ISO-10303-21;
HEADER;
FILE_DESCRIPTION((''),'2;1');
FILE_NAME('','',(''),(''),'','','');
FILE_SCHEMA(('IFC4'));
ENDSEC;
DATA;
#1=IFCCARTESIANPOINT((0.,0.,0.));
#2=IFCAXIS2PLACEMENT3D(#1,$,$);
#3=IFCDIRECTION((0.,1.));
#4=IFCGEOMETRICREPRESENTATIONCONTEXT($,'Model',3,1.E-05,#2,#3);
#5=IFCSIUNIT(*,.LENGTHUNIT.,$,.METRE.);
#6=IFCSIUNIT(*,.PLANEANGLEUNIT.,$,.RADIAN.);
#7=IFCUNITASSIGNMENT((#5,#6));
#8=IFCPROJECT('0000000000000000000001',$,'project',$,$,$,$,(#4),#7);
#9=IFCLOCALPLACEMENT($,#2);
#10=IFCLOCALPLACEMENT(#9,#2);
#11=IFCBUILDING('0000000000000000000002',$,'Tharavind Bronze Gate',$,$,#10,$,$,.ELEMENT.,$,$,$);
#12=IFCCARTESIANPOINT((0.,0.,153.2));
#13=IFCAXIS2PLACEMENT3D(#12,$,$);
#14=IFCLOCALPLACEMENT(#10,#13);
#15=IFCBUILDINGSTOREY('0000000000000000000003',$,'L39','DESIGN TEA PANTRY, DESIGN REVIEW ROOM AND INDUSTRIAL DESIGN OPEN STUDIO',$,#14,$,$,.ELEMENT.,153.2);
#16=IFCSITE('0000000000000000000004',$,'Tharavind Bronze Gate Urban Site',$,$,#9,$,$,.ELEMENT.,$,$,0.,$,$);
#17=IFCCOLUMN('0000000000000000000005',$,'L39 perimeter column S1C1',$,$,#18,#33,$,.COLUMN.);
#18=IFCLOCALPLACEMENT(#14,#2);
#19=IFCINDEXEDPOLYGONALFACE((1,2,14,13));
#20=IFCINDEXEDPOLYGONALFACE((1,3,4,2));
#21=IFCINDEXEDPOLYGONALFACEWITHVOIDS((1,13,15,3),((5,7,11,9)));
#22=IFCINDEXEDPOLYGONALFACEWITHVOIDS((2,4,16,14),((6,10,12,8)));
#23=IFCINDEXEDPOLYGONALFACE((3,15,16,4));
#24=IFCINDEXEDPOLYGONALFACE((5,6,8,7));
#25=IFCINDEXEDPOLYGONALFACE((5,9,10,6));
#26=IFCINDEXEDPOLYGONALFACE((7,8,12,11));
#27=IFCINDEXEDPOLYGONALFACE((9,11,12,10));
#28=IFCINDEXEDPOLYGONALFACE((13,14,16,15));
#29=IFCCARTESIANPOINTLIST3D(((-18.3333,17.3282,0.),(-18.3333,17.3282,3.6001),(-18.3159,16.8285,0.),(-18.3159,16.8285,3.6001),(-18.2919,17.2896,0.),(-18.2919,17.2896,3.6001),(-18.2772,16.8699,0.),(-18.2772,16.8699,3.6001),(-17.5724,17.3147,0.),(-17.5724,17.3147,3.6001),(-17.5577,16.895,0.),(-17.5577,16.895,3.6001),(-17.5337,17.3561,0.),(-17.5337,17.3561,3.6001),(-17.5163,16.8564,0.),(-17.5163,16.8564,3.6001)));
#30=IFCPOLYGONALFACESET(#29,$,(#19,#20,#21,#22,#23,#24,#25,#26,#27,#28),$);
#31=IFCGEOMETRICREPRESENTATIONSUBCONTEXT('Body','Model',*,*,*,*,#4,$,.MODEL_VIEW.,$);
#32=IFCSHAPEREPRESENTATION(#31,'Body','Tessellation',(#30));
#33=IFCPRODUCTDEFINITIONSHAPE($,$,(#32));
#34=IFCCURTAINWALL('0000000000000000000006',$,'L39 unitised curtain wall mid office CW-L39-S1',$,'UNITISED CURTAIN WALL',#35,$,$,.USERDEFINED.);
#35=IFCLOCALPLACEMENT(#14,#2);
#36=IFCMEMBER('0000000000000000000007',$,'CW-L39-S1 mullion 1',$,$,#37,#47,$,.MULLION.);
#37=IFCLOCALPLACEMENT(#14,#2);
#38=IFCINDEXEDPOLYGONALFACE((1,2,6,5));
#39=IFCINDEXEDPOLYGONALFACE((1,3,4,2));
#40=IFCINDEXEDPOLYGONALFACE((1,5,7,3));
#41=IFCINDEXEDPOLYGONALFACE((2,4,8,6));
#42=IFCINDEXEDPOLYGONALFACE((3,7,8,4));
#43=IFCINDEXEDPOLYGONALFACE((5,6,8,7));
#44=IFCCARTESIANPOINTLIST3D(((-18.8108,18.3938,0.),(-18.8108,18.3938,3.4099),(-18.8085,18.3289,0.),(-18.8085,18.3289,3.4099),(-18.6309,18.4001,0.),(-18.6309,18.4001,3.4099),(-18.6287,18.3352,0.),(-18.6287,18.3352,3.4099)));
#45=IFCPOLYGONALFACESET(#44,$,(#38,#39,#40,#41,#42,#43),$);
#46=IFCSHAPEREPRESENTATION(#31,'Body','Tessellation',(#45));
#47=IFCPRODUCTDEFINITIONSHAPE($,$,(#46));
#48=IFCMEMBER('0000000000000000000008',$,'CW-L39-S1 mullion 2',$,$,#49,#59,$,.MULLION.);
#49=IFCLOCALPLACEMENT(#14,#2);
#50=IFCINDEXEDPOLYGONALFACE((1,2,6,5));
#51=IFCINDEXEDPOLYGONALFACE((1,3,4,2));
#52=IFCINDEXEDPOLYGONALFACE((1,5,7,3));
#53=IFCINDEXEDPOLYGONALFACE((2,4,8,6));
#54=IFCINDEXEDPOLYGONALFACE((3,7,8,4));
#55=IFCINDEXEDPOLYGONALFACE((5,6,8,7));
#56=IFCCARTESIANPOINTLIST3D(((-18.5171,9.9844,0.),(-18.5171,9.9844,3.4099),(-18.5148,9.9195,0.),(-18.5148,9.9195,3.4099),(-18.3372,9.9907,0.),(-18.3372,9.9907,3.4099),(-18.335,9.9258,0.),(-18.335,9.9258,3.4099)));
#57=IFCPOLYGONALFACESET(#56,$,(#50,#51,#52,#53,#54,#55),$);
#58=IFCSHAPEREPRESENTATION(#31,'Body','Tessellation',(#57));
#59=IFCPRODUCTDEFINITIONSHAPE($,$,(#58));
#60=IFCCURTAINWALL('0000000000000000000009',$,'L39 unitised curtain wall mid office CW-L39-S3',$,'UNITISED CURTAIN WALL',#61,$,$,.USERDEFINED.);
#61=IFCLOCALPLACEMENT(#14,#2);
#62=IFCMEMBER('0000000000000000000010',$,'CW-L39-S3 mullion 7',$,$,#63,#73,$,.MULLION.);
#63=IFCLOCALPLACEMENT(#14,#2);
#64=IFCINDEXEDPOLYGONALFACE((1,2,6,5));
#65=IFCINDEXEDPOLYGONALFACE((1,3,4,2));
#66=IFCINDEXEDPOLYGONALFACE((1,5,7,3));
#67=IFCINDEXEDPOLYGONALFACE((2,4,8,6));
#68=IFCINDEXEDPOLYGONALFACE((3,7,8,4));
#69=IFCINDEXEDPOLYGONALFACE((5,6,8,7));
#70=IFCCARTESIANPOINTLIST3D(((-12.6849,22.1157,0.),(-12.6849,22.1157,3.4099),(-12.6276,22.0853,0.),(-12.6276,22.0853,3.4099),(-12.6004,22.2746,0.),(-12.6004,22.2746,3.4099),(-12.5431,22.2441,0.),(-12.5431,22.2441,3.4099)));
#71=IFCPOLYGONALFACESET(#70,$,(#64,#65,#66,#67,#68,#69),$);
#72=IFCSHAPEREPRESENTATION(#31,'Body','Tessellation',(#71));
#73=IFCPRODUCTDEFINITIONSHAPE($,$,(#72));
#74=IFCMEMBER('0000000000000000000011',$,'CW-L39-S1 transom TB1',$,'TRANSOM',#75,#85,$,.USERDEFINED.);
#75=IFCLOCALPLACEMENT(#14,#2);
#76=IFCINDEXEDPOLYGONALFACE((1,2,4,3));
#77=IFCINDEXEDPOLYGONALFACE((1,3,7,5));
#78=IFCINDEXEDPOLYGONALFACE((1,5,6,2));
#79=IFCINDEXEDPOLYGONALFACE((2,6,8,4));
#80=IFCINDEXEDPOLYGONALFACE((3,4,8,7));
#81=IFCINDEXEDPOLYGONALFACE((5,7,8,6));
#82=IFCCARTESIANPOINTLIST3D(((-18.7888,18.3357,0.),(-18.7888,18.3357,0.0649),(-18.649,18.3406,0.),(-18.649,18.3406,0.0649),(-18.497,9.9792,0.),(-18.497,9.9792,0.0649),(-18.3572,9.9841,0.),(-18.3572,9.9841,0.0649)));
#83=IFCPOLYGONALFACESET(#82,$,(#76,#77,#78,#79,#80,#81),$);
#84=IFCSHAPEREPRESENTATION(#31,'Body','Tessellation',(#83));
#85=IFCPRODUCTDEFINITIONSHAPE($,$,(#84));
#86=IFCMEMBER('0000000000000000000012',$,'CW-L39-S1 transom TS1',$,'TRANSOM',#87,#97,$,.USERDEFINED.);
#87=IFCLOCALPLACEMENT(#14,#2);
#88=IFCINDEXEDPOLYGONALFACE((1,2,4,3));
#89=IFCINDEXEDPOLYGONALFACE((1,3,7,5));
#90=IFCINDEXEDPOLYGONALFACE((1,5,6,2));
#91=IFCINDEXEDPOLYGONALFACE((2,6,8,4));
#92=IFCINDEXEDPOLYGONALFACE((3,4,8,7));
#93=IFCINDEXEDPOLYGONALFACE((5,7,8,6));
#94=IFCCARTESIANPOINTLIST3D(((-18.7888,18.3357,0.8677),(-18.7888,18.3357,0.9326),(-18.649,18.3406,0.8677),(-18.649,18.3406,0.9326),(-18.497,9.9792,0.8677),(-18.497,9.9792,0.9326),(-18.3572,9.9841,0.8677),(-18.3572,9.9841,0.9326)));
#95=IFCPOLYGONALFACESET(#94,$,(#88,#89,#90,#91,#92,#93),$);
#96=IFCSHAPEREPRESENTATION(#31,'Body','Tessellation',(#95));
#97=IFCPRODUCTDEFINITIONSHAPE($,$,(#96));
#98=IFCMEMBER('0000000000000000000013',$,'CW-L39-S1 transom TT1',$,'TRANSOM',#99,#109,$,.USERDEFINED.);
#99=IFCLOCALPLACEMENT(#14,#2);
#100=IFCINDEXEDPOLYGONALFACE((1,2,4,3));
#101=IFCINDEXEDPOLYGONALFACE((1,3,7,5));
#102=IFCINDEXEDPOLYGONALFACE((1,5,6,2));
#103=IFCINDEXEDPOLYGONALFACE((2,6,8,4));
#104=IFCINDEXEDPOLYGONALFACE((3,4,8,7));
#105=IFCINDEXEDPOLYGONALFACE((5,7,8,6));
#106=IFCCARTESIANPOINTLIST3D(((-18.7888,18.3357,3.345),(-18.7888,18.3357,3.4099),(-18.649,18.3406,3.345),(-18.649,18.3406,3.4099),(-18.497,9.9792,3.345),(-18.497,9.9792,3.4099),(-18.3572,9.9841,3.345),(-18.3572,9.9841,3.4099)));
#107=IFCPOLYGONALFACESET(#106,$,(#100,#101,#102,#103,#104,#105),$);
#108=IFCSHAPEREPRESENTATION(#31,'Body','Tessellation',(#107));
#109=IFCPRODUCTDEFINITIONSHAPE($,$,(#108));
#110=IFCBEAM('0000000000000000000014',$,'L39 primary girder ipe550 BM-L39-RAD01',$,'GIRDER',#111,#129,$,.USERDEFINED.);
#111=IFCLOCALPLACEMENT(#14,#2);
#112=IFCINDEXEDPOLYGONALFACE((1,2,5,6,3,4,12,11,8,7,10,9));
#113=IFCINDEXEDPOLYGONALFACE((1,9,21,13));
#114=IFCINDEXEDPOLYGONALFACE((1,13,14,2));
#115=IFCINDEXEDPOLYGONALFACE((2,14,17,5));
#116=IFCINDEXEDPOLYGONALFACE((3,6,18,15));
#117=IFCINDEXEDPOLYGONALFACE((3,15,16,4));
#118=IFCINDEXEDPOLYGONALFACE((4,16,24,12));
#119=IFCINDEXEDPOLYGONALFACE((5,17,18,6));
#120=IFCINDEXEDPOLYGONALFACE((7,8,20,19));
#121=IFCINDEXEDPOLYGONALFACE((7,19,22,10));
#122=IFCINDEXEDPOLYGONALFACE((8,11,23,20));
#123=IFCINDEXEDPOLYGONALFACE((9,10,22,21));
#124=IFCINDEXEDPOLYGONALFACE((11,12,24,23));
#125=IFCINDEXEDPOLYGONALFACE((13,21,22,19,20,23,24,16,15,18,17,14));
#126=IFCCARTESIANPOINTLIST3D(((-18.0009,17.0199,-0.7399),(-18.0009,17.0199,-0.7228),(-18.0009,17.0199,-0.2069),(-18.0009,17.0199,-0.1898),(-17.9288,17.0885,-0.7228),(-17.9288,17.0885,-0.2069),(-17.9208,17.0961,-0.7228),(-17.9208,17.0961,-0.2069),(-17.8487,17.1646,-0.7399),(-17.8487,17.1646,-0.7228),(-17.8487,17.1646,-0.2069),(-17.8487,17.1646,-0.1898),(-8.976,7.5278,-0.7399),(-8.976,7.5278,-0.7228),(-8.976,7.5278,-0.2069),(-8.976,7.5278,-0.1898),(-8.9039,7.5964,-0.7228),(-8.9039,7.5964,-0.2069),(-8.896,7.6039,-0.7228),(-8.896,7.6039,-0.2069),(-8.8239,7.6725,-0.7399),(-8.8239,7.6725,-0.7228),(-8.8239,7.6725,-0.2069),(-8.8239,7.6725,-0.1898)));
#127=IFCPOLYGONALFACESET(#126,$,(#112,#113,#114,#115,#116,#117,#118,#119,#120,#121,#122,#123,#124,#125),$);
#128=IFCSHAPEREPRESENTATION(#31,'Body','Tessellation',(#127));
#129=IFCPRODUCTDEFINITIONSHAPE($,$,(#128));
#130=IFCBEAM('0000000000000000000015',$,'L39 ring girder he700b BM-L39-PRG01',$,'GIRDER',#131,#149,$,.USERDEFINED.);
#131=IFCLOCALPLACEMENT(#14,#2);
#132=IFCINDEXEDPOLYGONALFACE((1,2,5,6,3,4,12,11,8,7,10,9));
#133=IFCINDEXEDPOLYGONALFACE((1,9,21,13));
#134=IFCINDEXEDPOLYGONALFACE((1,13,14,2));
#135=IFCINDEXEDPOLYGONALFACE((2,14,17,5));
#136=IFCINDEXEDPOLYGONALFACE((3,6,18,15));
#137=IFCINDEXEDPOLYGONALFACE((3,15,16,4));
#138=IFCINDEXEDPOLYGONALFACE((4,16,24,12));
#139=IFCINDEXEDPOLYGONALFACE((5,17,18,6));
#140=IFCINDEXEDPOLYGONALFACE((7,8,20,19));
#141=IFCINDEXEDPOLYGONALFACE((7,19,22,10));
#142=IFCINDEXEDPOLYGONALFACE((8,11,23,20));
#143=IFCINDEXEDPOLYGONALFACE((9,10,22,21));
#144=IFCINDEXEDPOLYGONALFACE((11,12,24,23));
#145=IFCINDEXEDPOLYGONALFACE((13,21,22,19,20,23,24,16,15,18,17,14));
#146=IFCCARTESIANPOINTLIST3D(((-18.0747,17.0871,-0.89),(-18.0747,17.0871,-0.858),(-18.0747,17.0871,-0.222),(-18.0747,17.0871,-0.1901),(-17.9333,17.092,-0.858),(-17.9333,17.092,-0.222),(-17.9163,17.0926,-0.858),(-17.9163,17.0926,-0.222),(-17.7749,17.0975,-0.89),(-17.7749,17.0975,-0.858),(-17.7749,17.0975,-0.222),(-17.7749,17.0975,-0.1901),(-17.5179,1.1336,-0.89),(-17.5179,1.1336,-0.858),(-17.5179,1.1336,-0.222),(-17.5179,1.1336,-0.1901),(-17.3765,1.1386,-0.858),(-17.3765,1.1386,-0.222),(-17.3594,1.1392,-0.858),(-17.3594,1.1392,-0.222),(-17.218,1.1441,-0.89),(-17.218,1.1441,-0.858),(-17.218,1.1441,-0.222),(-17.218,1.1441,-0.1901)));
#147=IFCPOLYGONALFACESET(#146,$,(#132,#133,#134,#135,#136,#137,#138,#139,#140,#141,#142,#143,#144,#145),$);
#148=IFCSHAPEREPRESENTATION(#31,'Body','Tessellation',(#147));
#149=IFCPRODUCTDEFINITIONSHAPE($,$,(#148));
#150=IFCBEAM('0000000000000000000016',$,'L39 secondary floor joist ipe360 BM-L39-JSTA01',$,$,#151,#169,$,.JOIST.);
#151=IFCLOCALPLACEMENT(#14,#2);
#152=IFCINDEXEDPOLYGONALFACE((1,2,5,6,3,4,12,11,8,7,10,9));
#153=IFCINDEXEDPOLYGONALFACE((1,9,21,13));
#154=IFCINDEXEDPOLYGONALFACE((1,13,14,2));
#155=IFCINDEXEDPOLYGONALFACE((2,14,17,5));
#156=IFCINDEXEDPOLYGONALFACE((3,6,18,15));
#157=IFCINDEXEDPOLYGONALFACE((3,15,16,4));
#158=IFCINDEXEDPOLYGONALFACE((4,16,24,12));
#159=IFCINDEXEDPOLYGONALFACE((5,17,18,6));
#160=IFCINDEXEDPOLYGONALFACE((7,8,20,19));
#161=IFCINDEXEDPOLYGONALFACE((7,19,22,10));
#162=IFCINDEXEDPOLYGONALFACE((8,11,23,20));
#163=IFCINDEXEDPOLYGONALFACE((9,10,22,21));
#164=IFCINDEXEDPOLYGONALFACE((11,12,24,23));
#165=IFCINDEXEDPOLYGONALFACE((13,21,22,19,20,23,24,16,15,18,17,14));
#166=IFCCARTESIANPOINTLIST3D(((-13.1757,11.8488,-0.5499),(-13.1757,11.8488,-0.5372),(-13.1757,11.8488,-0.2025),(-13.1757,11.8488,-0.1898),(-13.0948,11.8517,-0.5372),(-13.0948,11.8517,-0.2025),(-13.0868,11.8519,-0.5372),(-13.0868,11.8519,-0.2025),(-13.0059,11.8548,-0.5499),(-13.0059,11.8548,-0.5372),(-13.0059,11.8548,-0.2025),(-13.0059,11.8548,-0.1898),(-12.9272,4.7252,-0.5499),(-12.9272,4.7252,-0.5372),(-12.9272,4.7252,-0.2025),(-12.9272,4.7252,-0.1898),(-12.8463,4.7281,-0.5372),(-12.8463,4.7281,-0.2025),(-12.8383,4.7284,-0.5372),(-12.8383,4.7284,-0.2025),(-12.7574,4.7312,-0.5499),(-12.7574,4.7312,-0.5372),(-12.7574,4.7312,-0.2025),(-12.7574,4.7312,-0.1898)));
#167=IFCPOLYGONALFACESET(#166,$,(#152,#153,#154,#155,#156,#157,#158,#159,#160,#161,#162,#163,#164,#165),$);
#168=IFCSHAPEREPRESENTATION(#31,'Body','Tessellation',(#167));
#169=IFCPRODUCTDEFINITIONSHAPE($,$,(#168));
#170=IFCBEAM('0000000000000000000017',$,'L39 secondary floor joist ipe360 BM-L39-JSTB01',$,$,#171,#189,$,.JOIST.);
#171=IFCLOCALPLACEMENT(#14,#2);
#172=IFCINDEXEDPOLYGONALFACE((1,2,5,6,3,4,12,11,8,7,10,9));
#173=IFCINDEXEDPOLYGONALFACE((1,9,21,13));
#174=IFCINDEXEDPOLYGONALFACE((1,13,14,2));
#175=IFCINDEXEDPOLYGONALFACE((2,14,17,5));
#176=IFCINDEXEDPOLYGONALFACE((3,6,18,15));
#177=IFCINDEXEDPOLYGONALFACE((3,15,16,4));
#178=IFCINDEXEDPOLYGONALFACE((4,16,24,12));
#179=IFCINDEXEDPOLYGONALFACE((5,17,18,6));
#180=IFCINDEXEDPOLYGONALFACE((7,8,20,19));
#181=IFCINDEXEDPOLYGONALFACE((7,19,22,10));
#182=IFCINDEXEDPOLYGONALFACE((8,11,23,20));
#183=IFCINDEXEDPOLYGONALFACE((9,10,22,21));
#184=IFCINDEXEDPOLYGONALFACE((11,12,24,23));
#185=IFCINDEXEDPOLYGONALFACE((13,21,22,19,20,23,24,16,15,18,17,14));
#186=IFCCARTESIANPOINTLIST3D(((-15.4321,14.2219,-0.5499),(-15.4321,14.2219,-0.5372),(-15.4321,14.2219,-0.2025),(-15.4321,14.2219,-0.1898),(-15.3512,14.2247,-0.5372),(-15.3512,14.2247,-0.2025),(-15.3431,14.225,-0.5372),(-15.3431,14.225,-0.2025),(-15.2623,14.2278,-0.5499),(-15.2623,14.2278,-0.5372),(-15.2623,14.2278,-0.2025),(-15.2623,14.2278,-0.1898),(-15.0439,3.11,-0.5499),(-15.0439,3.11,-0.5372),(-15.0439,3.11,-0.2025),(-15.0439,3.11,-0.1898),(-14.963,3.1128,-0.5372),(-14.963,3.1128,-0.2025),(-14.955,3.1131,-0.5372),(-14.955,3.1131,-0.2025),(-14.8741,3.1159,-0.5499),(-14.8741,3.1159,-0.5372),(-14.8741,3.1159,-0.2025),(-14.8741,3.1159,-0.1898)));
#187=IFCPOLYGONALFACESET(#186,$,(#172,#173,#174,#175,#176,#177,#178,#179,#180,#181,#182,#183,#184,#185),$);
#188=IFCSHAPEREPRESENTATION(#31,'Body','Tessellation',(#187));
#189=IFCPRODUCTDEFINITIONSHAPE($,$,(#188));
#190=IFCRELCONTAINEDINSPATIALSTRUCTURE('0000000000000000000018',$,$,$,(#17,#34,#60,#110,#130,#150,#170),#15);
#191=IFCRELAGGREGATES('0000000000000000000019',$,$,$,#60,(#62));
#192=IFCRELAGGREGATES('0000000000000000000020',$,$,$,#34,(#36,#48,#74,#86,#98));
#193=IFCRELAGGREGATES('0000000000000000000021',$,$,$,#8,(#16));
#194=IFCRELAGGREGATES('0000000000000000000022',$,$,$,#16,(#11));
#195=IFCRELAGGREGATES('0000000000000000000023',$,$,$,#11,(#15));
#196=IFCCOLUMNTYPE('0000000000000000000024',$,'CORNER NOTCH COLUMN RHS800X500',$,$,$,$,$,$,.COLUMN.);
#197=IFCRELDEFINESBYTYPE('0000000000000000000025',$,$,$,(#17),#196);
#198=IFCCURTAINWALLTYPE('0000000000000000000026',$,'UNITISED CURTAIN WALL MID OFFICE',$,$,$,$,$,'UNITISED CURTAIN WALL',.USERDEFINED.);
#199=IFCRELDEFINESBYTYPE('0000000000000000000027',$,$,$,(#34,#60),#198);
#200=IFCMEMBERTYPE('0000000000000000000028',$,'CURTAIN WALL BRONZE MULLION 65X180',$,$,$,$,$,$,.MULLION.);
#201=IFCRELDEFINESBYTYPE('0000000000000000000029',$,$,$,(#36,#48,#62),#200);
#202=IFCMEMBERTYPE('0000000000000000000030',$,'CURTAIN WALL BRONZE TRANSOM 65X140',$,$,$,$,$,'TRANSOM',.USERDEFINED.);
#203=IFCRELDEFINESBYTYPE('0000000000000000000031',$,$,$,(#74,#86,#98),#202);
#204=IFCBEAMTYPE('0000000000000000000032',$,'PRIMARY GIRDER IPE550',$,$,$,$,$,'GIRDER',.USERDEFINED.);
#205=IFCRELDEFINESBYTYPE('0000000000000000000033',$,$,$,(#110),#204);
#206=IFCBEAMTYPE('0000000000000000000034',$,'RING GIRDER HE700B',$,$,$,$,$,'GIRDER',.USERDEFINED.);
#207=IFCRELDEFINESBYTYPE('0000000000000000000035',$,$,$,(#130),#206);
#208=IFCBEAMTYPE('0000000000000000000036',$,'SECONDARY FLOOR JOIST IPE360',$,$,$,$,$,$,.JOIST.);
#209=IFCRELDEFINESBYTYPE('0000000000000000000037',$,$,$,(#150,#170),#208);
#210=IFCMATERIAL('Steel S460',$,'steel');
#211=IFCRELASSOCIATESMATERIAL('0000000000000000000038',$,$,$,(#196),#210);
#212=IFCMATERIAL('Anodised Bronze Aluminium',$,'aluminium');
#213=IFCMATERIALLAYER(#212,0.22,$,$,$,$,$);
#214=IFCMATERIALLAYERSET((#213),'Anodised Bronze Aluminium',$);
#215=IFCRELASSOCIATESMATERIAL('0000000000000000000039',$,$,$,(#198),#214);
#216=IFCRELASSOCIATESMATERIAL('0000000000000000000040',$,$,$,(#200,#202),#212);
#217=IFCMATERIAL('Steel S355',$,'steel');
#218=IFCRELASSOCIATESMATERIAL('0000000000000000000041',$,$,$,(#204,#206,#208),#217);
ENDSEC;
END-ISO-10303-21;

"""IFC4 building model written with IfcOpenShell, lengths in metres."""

from ifc_helpers import new_model, si_unit, direction, frame, origin, origin_2d, place, context, subcontext, project, spatial, rectangle, hollow_rectangle, i_section, extrude, material, layer, layer_set, material_profile, profile_set, type_object, element, aggregate, save


model = new_model("IFC4")

# Units and contexts
model_context = context("Model", 3, precision=1e-05, world=origin(), true_north=direction((0.0, 1.0)))
body_context = subcontext(model_context, "Body", "Model", "MODEL_VIEW")
ifc_project = project(units=[si_unit("LENGTHUNIT", "METRE"), si_unit("PLANEANGLEUNIT", "RADIAN")], contexts=[model_context])

# Site, building, storey
site_placement = place(None, origin())
site = spatial("IfcSite", under=ifc_project, at=site_placement, Name="Tharavind Bronze Gate Urban Site", CompositionType="ELEMENT", RefElevation=0.0)
building_placement = place(site_placement, origin())
building = spatial("IfcBuilding", under=site, at=building_placement, Name="Tharavind Bronze Gate", CompositionType="ELEMENT")
storey_placement = place(building_placement, frame((0.0, 0.0, 153.2)))
storey = spatial("IfcBuildingStorey", under=building, at=storey_placement, Name="L39", Description="DESIGN TEA PANTRY, DESIGN REVIEW ROOM AND INDUSTRIAL DESIGN OPEN STUDIO", CompositionType="ELEMENT", Elevation=153.2)

# Column
ifc_material_1 = material(Name="Steel S460", Category="steel")
ifc_material_profile_1 = material_profile(ifc_material_1, hollow_rectangle(XDim=0.5, YDim=0.8, WallThickness=0.04, at=origin_2d()), Name="RHS800X500X40")
ifc_profile_set_1 = profile_set([ifc_material_profile_1], Name="Steel S460")
column_type = type_object("IfcColumnType", Name="CORNER NOTCH COLUMN RHS800X500", PredefinedType="COLUMN", material=ifc_profile_set_1)
column_placement = place(storey_placement, frame((-17.9248, 17.0923, 0.0), z_axis=(0.0, 0.0, 1.0), x_axis=(-0.034899, 0.999391, 0.0)))
element("IfcColumn", 1, at=column_placement, inside=storey, type_object=column_type, Name="L39 perimeter column S1C1", PredefinedType="COLUMN", context=body_context, shape_type="SweptSolid", body=[
    extrude(hollow_rectangle(XDim=0.5, YDim=0.8, WallThickness=0.04, at=origin_2d()), origin(), (0.0, 0.0, 1.0), 3.6001),
])

# Curtain wall, members
ifc_material_2 = material(Name="Anodised Bronze Aluminium", Category="aluminium")
ifc_layer_1 = layer(ifc_material_2, 0.22)
ifc_layer_set_1 = layer_set([ifc_layer_1], Name="Anodised Bronze Aluminium")
curtain_wall_type = type_object("IfcCurtainWallType", Name="UNITISED CURTAIN WALL MID OFFICE", ElementType="UNITISED CURTAIN WALL", PredefinedType="USERDEFINED", material=ifc_layer_set_1)
curtain_wall_1_placement = place(storey_placement, origin())
curtain_wall_1 = element("IfcCurtainWall", 2, at=curtain_wall_1_placement, inside=storey, type_object=curtain_wall_type, Name="L39 unitised curtain wall mid office CW-L39-S1", ObjectType="UNITISED CURTAIN WALL", PredefinedType="USERDEFINED")
member_type_1 = type_object("IfcMemberType", Name="CURTAIN WALL BRONZE MULLION 65X180", PredefinedType="MULLION", material=ifc_material_2)
member_1_placement = place(storey_placement, frame((-18.7197, 18.3645, 0.0), z_axis=(0.0, 0.0, 1.0), x_axis=(0.034899, -0.999391, 0.0)))
member_1 = element("IfcMember", 3, at=member_1_placement, type_object=member_type_1, Name="CW-L39-S1 mullion 1", PredefinedType="MULLION", context=body_context, shape_type="SweptSolid", body=[
    extrude(rectangle(XDim=0.0649, YDim=0.1799, at=origin_2d()), origin(), (0.0, 0.0, 1.0), 3.4099),
])
member_2_placement = place(storey_placement, frame((-18.426, 9.9551, 0.0), z_axis=(0.0, 0.0, 1.0), x_axis=(0.034899, -0.999391, 0.0)))
member_2 = element("IfcMember", 4, at=member_2_placement, type_object=member_type_1, Name="CW-L39-S1 mullion 2", PredefinedType="MULLION", context=body_context, shape_type="SweptSolid", body=[
    extrude(rectangle(XDim=0.0649, YDim=0.1799, at=origin_2d()), origin(), (0.0, 0.0, 1.0), 3.4099),
])

# Curtain wall, member
curtain_wall_2_placement = place(storey_placement, origin())
curtain_wall_2 = element("IfcCurtainWall", 5, at=curtain_wall_2_placement, inside=storey, type_object=curtain_wall_type, Name="L39 unitised curtain wall mid office CW-L39-S3", ObjectType="UNITISED CURTAIN WALL", PredefinedType="USERDEFINED")
member_3_placement = place(storey_placement, frame((-12.614, 22.1799, 0.0), z_axis=(0.0, 0.0, 1.0), x_axis=(-0.882948, 0.469472, 0.0)))
member_3 = element("IfcMember", 6, at=member_3_placement, type_object=member_type_1, Name="CW-L39-S3 mullion 7", PredefinedType="MULLION", context=body_context, shape_type="SweptSolid", body=[
    extrude(rectangle(XDim=0.0649, YDim=0.1799, at=origin_2d()), origin(), (0.0, 0.0, 1.0), 3.4099),
])
aggregate(curtain_wall_2, [member_3])

# Members
member_type_2 = type_object("IfcMemberType", Name="CURTAIN WALL BRONZE TRANSOM 65X140", ElementType="TRANSOM", PredefinedType="USERDEFINED", material=ifc_material_2)
member_4_placement = place(storey_placement, frame((-18.573, 14.1599, 0.0), z_axis=(0.0, 0.0, 1.0), x_axis=(0.034899, -0.999391, 0.0)))
member_4 = element("IfcMember", 7, at=member_4_placement, type_object=member_type_2, Name="CW-L39-S1 transom TB1", ObjectType="TRANSOM", PredefinedType="USERDEFINED", context=body_context, shape_type="SweptSolid", body=[
    extrude(rectangle(XDim=8.3616, YDim=0.1399, at=origin_2d()), origin(), (0.0, 0.0, 1.0), 0.0649),
])
member_5_placement = place(storey_placement, frame((-18.573, 14.1599, 0.8677), z_axis=(0.0, 0.0, 1.0), x_axis=(0.034899, -0.999391, 0.0)))
member_5 = element("IfcMember", 8, at=member_5_placement, type_object=member_type_2, Name="CW-L39-S1 transom TS1", ObjectType="TRANSOM", PredefinedType="USERDEFINED", context=body_context, shape_type="SweptSolid", body=[
    extrude(rectangle(XDim=8.3616, YDim=0.1399, at=origin_2d()), origin(), (0.0, 0.0, 1.0), 0.0649),
])
member_6_placement = place(storey_placement, frame((-18.573, 14.1599, 3.345), z_axis=(0.0, 0.0, 1.0), x_axis=(0.034899, -0.999391, 0.0)))
member_6 = element("IfcMember", 9, at=member_6_placement, type_object=member_type_2, Name="CW-L39-S1 transom TT1", ObjectType="TRANSOM", PredefinedType="USERDEFINED", context=body_context, shape_type="SweptSolid", body=[
    extrude(rectangle(XDim=8.3616, YDim=0.1399, at=origin_2d()), origin(), (0.0, 0.0, 1.0), 0.0649),
])

# Beams
ifc_material_3 = material(Name="Steel S355", Category="steel")
ifc_material_profile_2 = material_profile(ifc_material_3, i_section(OverallWidth=0.21, OverallDepth=0.55, WebThickness=0.011, FlangeThickness=0.0171, at=origin_2d()), Name="IPE550")
ifc_profile_set_2 = profile_set([ifc_material_profile_2], Name="Steel S355")
beam_type_1 = type_object("IfcBeamType", Name="PRIMARY GIRDER IPE550", ElementType="GIRDER", PredefinedType="USERDEFINED", material=ifc_profile_set_2)
beam_1_placement = place(storey_placement, frame((-17.9248, 17.0923, -0.4648), z_axis=(0.689043, -0.72472, 0.0), x_axis=(0.72472, 0.689043, 0.0)))
element("IfcBeam", 10, at=beam_1_placement, inside=storey, type_object=beam_type_1, Name="L39 primary girder ipe550 BM-L39-RAD01", ObjectType="GIRDER", PredefinedType="USERDEFINED", context=body_context, shape_type="SweptSolid", body=[
    extrude(i_section(OverallWidth=0.21, OverallDepth=0.55, WebThickness=0.011, FlangeThickness=0.0171, at=origin_2d()), origin(), (0.0, 0.0, 1.0), 13.0977),
])
ifc_material_profile_3 = material_profile(ifc_material_3, i_section(OverallWidth=0.3, OverallDepth=0.7, WebThickness=0.0171, FlangeThickness=0.032, at=origin_2d()), Name="HE700B")
ifc_profile_set_3 = profile_set([ifc_material_profile_3], Name="Steel S355")
beam_type_2 = type_object("IfcBeamType", Name="RING GIRDER HE700B", ElementType="GIRDER", PredefinedType="USERDEFINED", material=ifc_profile_set_3)
beam_2_placement = place(storey_placement, frame((-17.9248, 17.0923, -0.54), z_axis=(0.034886, -0.999391, 0.0), x_axis=(0.999391, 0.034886, 0.0)))
element("IfcBeam", 11, at=beam_2_placement, inside=storey, type_object=beam_type_2, Name="L39 ring girder he700b BM-L39-PRG01", ObjectType="GIRDER", PredefinedType="USERDEFINED", context=body_context, shape_type="SweptSolid", body=[
    extrude(i_section(OverallWidth=0.3, OverallDepth=0.7, WebThickness=0.0171, FlangeThickness=0.032, at=origin_2d()), origin(), (0.0, 0.0, 1.0), 15.9631),
])
ifc_material_profile_4 = material_profile(ifc_material_3, i_section(OverallWidth=0.1699, OverallDepth=0.3601, WebThickness=0.0081, FlangeThickness=0.0127, at=origin_2d()), Name="IPE360")
ifc_profile_set_4 = profile_set([ifc_material_profile_4], Name="Steel S355")
beam_type_3 = type_object("IfcBeamType", Name="SECONDARY FLOOR JOIST IPE360", PredefinedType="JOIST", material=ifc_profile_set_4)
beam_3_placement = place(storey_placement, frame((-13.0908, 11.8518, -0.3699), z_axis=(0.034868, -0.999392, 0.0), x_axis=(0.999392, 0.034868, 0.0)))
element("IfcBeam", 12, at=beam_3_placement, inside=storey, type_object=beam_type_3, Name="L39 secondary floor joist ipe360 BM-L39-JSTA01", PredefinedType="JOIST", context=body_context, shape_type="SweptSolid", body=[
    extrude(i_section(OverallWidth=0.1699, OverallDepth=0.3601, WebThickness=0.0081, FlangeThickness=0.0127, at=origin_2d()), origin(), (0.0, 0.0, 1.0), 7.1279),
])
beam_4_placement = place(storey_placement, frame((-15.3472, 14.2249, -0.3699), z_axis=(0.034913, -0.99939, 0.0), x_axis=(0.99939, 0.034913, 0.0)))
element("IfcBeam", 13, at=beam_4_placement, inside=storey, type_object=beam_type_3, Name="L39 secondary floor joist ipe360 BM-L39-JSTB01", PredefinedType="JOIST", context=body_context, shape_type="SweptSolid", body=[
    extrude(i_section(OverallWidth=0.1699, OverallDepth=0.3601, WebThickness=0.0081, FlangeThickness=0.0127, at=origin_2d()), origin(), (0.0, 0.0, 1.0), 11.1187),
])

aggregate(curtain_wall_1, [member_1, member_2, member_4, member_5, member_6])

save(model, "model.ifc")
